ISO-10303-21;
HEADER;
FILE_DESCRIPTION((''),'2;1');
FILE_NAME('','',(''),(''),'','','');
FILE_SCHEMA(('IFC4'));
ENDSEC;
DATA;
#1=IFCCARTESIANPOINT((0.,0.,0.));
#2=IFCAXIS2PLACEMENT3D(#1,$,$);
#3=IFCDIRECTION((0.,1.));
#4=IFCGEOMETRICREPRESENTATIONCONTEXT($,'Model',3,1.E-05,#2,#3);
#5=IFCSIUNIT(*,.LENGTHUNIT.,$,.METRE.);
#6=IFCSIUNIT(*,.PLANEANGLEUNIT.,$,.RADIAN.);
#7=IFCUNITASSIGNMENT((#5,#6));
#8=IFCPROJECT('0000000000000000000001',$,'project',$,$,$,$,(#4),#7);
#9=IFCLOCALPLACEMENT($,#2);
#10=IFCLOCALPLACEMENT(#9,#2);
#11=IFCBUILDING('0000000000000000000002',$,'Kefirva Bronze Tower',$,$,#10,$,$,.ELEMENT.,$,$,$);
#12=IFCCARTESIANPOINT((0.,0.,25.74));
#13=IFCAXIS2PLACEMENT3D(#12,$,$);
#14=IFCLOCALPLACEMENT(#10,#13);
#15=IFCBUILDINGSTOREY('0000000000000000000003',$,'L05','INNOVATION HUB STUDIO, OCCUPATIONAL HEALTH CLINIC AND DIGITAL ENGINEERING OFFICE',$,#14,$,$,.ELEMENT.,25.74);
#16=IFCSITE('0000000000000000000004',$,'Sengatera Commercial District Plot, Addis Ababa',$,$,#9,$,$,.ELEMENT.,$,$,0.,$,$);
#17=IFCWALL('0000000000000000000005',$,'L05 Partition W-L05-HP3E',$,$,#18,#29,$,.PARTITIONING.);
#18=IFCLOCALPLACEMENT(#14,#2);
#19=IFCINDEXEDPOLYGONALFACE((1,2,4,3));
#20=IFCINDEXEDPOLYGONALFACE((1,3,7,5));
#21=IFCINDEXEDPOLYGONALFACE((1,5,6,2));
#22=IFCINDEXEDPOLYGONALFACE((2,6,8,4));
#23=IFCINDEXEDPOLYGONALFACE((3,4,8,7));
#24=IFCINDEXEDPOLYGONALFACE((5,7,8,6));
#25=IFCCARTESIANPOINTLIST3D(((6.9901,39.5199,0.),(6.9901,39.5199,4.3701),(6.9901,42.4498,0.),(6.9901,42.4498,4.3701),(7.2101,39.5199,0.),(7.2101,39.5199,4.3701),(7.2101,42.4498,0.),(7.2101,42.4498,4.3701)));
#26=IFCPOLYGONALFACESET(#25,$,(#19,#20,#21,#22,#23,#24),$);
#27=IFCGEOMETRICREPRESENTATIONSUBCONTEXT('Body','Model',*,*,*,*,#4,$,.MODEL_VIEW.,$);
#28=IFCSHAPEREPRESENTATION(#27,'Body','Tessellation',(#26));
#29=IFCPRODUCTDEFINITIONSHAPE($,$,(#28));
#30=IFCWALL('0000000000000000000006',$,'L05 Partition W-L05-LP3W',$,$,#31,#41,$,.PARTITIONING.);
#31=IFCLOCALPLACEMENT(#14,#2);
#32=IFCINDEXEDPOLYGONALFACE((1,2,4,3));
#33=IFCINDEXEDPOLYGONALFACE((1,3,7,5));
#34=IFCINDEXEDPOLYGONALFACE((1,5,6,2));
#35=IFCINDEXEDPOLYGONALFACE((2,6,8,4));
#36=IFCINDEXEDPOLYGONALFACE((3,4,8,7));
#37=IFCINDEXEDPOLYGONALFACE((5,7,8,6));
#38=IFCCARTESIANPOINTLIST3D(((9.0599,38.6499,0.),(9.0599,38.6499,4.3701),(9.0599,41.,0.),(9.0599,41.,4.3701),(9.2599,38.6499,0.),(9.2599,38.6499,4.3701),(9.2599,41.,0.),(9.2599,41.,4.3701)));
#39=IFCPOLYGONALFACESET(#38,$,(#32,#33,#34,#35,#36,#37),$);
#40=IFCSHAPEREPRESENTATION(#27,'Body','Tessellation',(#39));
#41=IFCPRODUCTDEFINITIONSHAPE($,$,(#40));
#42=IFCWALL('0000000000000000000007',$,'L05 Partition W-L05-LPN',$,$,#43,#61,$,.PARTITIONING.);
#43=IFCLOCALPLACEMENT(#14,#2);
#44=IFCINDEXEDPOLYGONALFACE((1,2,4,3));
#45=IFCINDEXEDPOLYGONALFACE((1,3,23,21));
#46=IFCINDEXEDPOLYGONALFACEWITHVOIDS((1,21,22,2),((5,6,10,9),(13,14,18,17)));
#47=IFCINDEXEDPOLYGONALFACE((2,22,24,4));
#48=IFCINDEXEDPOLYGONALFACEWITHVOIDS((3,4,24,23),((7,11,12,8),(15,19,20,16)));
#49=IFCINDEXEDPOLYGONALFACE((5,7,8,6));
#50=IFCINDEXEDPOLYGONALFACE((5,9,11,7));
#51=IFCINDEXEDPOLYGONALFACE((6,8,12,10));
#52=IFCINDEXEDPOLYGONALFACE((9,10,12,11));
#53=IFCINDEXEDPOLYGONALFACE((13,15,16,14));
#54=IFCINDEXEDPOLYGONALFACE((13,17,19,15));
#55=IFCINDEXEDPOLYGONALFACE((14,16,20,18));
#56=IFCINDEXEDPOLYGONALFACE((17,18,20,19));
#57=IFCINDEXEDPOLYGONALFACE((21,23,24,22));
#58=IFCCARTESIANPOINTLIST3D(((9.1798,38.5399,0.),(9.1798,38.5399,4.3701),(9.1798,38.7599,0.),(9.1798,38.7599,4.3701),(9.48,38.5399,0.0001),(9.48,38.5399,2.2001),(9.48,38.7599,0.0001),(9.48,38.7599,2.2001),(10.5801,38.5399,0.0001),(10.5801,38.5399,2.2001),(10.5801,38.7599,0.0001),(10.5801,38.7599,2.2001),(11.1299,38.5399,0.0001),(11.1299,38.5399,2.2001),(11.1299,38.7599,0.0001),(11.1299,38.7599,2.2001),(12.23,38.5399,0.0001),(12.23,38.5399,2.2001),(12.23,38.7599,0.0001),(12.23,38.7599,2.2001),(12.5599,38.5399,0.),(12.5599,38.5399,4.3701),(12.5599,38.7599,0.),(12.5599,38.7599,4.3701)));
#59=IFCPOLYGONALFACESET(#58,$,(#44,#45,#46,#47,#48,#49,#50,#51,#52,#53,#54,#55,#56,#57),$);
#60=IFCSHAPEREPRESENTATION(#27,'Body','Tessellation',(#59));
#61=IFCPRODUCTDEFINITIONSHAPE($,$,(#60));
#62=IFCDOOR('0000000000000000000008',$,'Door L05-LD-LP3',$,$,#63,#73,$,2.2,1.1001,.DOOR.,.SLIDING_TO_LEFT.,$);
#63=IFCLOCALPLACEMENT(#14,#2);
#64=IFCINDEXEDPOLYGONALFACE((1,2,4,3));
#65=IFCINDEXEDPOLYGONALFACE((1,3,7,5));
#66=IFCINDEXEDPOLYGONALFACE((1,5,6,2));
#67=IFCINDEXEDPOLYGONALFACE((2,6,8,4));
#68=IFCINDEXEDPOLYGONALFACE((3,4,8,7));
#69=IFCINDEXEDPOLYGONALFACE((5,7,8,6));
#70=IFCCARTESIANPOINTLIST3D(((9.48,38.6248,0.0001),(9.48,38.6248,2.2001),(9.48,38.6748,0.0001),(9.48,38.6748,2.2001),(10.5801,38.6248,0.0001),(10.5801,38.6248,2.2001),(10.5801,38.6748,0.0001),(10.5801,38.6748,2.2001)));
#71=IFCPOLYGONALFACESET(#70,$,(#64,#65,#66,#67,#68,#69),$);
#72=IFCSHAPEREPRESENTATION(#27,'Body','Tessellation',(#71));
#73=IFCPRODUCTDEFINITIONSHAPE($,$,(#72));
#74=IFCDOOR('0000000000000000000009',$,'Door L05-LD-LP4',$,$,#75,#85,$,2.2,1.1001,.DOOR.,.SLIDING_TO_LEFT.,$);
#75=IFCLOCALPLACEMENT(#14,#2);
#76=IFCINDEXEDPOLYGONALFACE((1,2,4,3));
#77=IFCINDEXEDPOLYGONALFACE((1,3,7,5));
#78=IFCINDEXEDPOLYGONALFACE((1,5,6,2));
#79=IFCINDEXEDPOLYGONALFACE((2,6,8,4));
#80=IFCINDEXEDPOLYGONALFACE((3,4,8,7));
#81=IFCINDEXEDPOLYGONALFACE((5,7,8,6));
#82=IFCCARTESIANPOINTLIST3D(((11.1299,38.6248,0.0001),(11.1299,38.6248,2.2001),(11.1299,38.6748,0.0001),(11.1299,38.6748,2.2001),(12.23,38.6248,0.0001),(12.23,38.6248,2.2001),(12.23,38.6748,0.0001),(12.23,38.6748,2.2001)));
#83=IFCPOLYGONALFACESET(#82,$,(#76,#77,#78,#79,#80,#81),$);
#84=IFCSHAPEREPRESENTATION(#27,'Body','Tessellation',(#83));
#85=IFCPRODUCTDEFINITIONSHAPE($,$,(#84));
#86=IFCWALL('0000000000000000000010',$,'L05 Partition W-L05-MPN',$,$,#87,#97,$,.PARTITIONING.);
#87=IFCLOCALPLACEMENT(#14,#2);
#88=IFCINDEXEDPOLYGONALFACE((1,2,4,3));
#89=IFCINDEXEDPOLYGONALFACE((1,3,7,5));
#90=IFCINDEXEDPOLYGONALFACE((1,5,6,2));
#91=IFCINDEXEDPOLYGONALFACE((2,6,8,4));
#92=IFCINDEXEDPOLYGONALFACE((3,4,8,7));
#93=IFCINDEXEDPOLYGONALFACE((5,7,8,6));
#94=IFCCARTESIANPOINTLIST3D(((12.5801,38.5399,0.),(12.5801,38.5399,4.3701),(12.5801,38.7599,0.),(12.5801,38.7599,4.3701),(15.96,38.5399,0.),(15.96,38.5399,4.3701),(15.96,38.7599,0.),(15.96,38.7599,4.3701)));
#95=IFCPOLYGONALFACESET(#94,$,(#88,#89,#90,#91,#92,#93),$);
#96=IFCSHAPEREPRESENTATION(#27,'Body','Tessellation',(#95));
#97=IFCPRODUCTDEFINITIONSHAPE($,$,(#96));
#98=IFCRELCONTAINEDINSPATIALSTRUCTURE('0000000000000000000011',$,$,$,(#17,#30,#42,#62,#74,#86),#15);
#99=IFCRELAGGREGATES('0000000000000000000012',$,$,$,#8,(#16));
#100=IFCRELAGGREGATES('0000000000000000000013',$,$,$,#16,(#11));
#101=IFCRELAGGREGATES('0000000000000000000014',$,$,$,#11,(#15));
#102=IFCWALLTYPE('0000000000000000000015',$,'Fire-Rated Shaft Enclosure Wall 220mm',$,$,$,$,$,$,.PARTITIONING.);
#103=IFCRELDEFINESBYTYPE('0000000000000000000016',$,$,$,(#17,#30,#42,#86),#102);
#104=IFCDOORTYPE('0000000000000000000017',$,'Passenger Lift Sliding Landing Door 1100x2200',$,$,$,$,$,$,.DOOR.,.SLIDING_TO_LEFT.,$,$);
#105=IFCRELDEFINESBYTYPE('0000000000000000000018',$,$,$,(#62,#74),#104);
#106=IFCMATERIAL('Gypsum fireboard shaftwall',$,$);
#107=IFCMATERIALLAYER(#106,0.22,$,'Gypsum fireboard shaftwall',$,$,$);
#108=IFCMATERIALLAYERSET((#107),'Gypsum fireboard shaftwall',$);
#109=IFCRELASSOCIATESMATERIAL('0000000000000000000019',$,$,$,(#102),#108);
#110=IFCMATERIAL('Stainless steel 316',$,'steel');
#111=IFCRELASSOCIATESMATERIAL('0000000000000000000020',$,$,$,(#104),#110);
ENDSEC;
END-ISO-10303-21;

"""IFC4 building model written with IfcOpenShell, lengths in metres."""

from ifc_helpers import new_model, si_unit, direction, frame, frame_2d, origin, place, context, subcontext, project, spatial, rectangle, extrude, material, layer, layer_set, type_object, element, fill, save


model = new_model("IFC4")

# Units and contexts
model_context = context("Model", 3, precision=1e-05, world=origin(), true_north=direction((0.0, 1.0)))
body_context = subcontext(model_context, "Body", "Model", "MODEL_VIEW")
ifc_project = project(units=[si_unit("LENGTHUNIT", "METRE"), si_unit("PLANEANGLEUNIT", "RADIAN")], contexts=[model_context])

# Site, building, storey
site_placement = place(None, origin())
site = spatial("IfcSite", under=ifc_project, at=site_placement, Name="Sengatera Commercial District Plot, Addis Ababa", CompositionType="ELEMENT", RefElevation=0.0)
building_placement = place(site_placement, origin())
building = spatial("IfcBuilding", under=site, at=building_placement, Name="Kefirva Bronze Tower", CompositionType="ELEMENT")
storey_placement = place(building_placement, frame((0.0, 0.0, 25.74)))
storey = spatial("IfcBuildingStorey", under=building, at=storey_placement, Name="L05", Description="INNOVATION HUB STUDIO, OCCUPATIONAL HEALTH CLINIC AND DIGITAL ENGINEERING OFFICE", CompositionType="ELEMENT", Elevation=25.74)

# Shared definitions
ifc_material_1 = material(Name="Gypsum fireboard shaftwall")
ifc_layer_1 = layer(ifc_material_1, 0.22, Name="Gypsum fireboard shaftwall")
ifc_layer_set_1 = layer_set([ifc_layer_1], Name="Gypsum fireboard shaftwall")
wall_type_1 = type_object("IfcWallType", Name="Fire-Rated Shaft Enclosure Wall 220mm", PredefinedType="PARTITIONING", material=ifc_layer_set_1)

# Shared definitions
ifc_material_2 = material(Name="Stainless steel 316", Category="steel")

# Walls
wall_1_placement = place(storey_placement, frame((7.1001, 39.52, 0.0), z_axis=(0.0, 0.0, 1.0), x_axis=(0.0, 1.0, 0.0)))
element("IfcWall", 1, at=wall_1_placement, inside=storey, type_object=wall_type_1, Name="L05 Partition W-L05-HP3E", PredefinedType="PARTITIONING", context=body_context, shape_type="SweptSolid", body=[
    extrude(rectangle(XDim=2.9299, YDim=0.22, at=frame_2d((1.4648, 0.0))), origin(), (0.0, 0.0, 1.0), 4.3701),
])
wall_2_placement = place(storey_placement, frame((9.1599, 38.6499, 0.0), z_axis=(0.0, 0.0, 1.0), x_axis=(0.0, 1.0, 0.0)))
element("IfcWall", 2, at=wall_2_placement, inside=storey, type_object=wall_type_1, Name="L05 Partition W-L05-LP3W", PredefinedType="PARTITIONING", context=body_context, shape_type="SweptSolid", body=[
    extrude(rectangle(XDim=2.3501, YDim=0.2, at=frame_2d((1.175, 0.0))), origin(), (0.0, 0.0, 1.0), 4.3701),
])

# Wall, openings, doors
wall_3_placement = place(storey_placement, frame((9.1799, 38.6499, 0.0), z_axis=(0.0, 0.0, 1.0), x_axis=(1.0, 0.0, 0.0)))
wall_3 = element("IfcWall", 3, at=wall_3_placement, inside=storey, type_object=wall_type_1, Name="L05 Partition W-L05-LPN", PredefinedType="PARTITIONING", context=body_context, shape_type="SweptSolid", body=[
    extrude(rectangle(XDim=3.3801, YDim=0.22, at=frame_2d((1.6899, 0.0))), origin(), (0.0, 0.0, 1.0), 4.3701),
])
opening_1_placement = place(wall_3_placement, frame((0.3, 0.0, 0.0)))
opening_1 = element("IfcOpeningElement", 4, at=opening_1_placement, cuts=wall_3, PredefinedType="OPENING", context=body_context, shape_type="SweptSolid", body=[
    extrude(rectangle(XDim=1.1001, YDim=2.2, at=frame_2d((0.55, 1.1001))), frame((0.0, 0.1201, 0.0), z_axis=(0.0, -1.0, 0.0), x_axis=(1.0, 0.0, 0.0)), (0.0, 0.0, 1.0), 0.24),
])
opening_2_placement = place(wall_3_placement, frame((1.95, 0.0, 0.0)))
opening_2 = element("IfcOpeningElement", 5, at=opening_2_placement, cuts=wall_3, PredefinedType="OPENING", context=body_context, shape_type="SweptSolid", body=[
    extrude(rectangle(XDim=1.1001, YDim=2.2, at=frame_2d((0.55, 1.1001))), frame((0.0, 0.1201, 0.0), z_axis=(0.0, -1.0, 0.0), x_axis=(1.0, 0.0, 0.0)), (0.0, 0.0, 1.0), 0.24),
])
door_type_1 = type_object("IfcDoorType", Name="Passenger Lift Sliding Landing Door 1100x2200", OperationType="SLIDING_TO_LEFT", PredefinedType="DOOR", material=ifc_material_2)
door_1_placement = place(opening_1_placement, origin())
door_1 = element("IfcDoor", 6, at=door_1_placement, inside=storey, type_object=door_type_1, Name="Door L05-LD-LP3", OperationType="SLIDING_TO_LEFT", OverallHeight=2.2, OverallWidth=1.1001, PredefinedType="DOOR", context=body_context, shape_type="SweptSolid", body=[
    extrude(rectangle(XDim=1.1001, YDim=2.2, at=frame_2d((0.55, 1.1001))), frame((0.0, 0.0249, 0.0), z_axis=(0.0, -1.0, 0.0), x_axis=(1.0, 0.0, 0.0)), (0.0, 0.0, 1.0), 0.05),
])
fill(opening_1, door_1)
door_2_placement = place(opening_2_placement, origin())
door_2 = element("IfcDoor", 7, at=door_2_placement, inside=storey, type_object=door_type_1, Name="Door L05-LD-LP4", OperationType="SLIDING_TO_LEFT", OverallHeight=2.2, OverallWidth=1.1001, PredefinedType="DOOR", context=body_context, shape_type="SweptSolid", body=[
    extrude(rectangle(XDim=1.1001, YDim=2.2, at=frame_2d((0.55, 1.1001))), frame((0.0, 0.0249, 0.0), z_axis=(0.0, -1.0, 0.0), x_axis=(1.0, 0.0, 0.0)), (0.0, 0.0, 1.0), 0.05),
])
fill(opening_2, door_2)

# Wall
wall_4_placement = place(storey_placement, frame((12.5801, 38.6499, 0.0), z_axis=(0.0, 0.0, 1.0), x_axis=(1.0, 0.0, 0.0)))
element("IfcWall", 8, at=wall_4_placement, inside=storey, type_object=wall_type_1, Name="L05 Partition W-L05-MPN", PredefinedType="PARTITIONING", context=body_context, shape_type="SweptSolid", body=[
    extrude(rectangle(XDim=3.3799, YDim=0.22, at=frame_2d((1.6899, 0.0))), origin(), (0.0, 0.0, 1.0), 4.3701),
])

save(model, "model.ifc")
